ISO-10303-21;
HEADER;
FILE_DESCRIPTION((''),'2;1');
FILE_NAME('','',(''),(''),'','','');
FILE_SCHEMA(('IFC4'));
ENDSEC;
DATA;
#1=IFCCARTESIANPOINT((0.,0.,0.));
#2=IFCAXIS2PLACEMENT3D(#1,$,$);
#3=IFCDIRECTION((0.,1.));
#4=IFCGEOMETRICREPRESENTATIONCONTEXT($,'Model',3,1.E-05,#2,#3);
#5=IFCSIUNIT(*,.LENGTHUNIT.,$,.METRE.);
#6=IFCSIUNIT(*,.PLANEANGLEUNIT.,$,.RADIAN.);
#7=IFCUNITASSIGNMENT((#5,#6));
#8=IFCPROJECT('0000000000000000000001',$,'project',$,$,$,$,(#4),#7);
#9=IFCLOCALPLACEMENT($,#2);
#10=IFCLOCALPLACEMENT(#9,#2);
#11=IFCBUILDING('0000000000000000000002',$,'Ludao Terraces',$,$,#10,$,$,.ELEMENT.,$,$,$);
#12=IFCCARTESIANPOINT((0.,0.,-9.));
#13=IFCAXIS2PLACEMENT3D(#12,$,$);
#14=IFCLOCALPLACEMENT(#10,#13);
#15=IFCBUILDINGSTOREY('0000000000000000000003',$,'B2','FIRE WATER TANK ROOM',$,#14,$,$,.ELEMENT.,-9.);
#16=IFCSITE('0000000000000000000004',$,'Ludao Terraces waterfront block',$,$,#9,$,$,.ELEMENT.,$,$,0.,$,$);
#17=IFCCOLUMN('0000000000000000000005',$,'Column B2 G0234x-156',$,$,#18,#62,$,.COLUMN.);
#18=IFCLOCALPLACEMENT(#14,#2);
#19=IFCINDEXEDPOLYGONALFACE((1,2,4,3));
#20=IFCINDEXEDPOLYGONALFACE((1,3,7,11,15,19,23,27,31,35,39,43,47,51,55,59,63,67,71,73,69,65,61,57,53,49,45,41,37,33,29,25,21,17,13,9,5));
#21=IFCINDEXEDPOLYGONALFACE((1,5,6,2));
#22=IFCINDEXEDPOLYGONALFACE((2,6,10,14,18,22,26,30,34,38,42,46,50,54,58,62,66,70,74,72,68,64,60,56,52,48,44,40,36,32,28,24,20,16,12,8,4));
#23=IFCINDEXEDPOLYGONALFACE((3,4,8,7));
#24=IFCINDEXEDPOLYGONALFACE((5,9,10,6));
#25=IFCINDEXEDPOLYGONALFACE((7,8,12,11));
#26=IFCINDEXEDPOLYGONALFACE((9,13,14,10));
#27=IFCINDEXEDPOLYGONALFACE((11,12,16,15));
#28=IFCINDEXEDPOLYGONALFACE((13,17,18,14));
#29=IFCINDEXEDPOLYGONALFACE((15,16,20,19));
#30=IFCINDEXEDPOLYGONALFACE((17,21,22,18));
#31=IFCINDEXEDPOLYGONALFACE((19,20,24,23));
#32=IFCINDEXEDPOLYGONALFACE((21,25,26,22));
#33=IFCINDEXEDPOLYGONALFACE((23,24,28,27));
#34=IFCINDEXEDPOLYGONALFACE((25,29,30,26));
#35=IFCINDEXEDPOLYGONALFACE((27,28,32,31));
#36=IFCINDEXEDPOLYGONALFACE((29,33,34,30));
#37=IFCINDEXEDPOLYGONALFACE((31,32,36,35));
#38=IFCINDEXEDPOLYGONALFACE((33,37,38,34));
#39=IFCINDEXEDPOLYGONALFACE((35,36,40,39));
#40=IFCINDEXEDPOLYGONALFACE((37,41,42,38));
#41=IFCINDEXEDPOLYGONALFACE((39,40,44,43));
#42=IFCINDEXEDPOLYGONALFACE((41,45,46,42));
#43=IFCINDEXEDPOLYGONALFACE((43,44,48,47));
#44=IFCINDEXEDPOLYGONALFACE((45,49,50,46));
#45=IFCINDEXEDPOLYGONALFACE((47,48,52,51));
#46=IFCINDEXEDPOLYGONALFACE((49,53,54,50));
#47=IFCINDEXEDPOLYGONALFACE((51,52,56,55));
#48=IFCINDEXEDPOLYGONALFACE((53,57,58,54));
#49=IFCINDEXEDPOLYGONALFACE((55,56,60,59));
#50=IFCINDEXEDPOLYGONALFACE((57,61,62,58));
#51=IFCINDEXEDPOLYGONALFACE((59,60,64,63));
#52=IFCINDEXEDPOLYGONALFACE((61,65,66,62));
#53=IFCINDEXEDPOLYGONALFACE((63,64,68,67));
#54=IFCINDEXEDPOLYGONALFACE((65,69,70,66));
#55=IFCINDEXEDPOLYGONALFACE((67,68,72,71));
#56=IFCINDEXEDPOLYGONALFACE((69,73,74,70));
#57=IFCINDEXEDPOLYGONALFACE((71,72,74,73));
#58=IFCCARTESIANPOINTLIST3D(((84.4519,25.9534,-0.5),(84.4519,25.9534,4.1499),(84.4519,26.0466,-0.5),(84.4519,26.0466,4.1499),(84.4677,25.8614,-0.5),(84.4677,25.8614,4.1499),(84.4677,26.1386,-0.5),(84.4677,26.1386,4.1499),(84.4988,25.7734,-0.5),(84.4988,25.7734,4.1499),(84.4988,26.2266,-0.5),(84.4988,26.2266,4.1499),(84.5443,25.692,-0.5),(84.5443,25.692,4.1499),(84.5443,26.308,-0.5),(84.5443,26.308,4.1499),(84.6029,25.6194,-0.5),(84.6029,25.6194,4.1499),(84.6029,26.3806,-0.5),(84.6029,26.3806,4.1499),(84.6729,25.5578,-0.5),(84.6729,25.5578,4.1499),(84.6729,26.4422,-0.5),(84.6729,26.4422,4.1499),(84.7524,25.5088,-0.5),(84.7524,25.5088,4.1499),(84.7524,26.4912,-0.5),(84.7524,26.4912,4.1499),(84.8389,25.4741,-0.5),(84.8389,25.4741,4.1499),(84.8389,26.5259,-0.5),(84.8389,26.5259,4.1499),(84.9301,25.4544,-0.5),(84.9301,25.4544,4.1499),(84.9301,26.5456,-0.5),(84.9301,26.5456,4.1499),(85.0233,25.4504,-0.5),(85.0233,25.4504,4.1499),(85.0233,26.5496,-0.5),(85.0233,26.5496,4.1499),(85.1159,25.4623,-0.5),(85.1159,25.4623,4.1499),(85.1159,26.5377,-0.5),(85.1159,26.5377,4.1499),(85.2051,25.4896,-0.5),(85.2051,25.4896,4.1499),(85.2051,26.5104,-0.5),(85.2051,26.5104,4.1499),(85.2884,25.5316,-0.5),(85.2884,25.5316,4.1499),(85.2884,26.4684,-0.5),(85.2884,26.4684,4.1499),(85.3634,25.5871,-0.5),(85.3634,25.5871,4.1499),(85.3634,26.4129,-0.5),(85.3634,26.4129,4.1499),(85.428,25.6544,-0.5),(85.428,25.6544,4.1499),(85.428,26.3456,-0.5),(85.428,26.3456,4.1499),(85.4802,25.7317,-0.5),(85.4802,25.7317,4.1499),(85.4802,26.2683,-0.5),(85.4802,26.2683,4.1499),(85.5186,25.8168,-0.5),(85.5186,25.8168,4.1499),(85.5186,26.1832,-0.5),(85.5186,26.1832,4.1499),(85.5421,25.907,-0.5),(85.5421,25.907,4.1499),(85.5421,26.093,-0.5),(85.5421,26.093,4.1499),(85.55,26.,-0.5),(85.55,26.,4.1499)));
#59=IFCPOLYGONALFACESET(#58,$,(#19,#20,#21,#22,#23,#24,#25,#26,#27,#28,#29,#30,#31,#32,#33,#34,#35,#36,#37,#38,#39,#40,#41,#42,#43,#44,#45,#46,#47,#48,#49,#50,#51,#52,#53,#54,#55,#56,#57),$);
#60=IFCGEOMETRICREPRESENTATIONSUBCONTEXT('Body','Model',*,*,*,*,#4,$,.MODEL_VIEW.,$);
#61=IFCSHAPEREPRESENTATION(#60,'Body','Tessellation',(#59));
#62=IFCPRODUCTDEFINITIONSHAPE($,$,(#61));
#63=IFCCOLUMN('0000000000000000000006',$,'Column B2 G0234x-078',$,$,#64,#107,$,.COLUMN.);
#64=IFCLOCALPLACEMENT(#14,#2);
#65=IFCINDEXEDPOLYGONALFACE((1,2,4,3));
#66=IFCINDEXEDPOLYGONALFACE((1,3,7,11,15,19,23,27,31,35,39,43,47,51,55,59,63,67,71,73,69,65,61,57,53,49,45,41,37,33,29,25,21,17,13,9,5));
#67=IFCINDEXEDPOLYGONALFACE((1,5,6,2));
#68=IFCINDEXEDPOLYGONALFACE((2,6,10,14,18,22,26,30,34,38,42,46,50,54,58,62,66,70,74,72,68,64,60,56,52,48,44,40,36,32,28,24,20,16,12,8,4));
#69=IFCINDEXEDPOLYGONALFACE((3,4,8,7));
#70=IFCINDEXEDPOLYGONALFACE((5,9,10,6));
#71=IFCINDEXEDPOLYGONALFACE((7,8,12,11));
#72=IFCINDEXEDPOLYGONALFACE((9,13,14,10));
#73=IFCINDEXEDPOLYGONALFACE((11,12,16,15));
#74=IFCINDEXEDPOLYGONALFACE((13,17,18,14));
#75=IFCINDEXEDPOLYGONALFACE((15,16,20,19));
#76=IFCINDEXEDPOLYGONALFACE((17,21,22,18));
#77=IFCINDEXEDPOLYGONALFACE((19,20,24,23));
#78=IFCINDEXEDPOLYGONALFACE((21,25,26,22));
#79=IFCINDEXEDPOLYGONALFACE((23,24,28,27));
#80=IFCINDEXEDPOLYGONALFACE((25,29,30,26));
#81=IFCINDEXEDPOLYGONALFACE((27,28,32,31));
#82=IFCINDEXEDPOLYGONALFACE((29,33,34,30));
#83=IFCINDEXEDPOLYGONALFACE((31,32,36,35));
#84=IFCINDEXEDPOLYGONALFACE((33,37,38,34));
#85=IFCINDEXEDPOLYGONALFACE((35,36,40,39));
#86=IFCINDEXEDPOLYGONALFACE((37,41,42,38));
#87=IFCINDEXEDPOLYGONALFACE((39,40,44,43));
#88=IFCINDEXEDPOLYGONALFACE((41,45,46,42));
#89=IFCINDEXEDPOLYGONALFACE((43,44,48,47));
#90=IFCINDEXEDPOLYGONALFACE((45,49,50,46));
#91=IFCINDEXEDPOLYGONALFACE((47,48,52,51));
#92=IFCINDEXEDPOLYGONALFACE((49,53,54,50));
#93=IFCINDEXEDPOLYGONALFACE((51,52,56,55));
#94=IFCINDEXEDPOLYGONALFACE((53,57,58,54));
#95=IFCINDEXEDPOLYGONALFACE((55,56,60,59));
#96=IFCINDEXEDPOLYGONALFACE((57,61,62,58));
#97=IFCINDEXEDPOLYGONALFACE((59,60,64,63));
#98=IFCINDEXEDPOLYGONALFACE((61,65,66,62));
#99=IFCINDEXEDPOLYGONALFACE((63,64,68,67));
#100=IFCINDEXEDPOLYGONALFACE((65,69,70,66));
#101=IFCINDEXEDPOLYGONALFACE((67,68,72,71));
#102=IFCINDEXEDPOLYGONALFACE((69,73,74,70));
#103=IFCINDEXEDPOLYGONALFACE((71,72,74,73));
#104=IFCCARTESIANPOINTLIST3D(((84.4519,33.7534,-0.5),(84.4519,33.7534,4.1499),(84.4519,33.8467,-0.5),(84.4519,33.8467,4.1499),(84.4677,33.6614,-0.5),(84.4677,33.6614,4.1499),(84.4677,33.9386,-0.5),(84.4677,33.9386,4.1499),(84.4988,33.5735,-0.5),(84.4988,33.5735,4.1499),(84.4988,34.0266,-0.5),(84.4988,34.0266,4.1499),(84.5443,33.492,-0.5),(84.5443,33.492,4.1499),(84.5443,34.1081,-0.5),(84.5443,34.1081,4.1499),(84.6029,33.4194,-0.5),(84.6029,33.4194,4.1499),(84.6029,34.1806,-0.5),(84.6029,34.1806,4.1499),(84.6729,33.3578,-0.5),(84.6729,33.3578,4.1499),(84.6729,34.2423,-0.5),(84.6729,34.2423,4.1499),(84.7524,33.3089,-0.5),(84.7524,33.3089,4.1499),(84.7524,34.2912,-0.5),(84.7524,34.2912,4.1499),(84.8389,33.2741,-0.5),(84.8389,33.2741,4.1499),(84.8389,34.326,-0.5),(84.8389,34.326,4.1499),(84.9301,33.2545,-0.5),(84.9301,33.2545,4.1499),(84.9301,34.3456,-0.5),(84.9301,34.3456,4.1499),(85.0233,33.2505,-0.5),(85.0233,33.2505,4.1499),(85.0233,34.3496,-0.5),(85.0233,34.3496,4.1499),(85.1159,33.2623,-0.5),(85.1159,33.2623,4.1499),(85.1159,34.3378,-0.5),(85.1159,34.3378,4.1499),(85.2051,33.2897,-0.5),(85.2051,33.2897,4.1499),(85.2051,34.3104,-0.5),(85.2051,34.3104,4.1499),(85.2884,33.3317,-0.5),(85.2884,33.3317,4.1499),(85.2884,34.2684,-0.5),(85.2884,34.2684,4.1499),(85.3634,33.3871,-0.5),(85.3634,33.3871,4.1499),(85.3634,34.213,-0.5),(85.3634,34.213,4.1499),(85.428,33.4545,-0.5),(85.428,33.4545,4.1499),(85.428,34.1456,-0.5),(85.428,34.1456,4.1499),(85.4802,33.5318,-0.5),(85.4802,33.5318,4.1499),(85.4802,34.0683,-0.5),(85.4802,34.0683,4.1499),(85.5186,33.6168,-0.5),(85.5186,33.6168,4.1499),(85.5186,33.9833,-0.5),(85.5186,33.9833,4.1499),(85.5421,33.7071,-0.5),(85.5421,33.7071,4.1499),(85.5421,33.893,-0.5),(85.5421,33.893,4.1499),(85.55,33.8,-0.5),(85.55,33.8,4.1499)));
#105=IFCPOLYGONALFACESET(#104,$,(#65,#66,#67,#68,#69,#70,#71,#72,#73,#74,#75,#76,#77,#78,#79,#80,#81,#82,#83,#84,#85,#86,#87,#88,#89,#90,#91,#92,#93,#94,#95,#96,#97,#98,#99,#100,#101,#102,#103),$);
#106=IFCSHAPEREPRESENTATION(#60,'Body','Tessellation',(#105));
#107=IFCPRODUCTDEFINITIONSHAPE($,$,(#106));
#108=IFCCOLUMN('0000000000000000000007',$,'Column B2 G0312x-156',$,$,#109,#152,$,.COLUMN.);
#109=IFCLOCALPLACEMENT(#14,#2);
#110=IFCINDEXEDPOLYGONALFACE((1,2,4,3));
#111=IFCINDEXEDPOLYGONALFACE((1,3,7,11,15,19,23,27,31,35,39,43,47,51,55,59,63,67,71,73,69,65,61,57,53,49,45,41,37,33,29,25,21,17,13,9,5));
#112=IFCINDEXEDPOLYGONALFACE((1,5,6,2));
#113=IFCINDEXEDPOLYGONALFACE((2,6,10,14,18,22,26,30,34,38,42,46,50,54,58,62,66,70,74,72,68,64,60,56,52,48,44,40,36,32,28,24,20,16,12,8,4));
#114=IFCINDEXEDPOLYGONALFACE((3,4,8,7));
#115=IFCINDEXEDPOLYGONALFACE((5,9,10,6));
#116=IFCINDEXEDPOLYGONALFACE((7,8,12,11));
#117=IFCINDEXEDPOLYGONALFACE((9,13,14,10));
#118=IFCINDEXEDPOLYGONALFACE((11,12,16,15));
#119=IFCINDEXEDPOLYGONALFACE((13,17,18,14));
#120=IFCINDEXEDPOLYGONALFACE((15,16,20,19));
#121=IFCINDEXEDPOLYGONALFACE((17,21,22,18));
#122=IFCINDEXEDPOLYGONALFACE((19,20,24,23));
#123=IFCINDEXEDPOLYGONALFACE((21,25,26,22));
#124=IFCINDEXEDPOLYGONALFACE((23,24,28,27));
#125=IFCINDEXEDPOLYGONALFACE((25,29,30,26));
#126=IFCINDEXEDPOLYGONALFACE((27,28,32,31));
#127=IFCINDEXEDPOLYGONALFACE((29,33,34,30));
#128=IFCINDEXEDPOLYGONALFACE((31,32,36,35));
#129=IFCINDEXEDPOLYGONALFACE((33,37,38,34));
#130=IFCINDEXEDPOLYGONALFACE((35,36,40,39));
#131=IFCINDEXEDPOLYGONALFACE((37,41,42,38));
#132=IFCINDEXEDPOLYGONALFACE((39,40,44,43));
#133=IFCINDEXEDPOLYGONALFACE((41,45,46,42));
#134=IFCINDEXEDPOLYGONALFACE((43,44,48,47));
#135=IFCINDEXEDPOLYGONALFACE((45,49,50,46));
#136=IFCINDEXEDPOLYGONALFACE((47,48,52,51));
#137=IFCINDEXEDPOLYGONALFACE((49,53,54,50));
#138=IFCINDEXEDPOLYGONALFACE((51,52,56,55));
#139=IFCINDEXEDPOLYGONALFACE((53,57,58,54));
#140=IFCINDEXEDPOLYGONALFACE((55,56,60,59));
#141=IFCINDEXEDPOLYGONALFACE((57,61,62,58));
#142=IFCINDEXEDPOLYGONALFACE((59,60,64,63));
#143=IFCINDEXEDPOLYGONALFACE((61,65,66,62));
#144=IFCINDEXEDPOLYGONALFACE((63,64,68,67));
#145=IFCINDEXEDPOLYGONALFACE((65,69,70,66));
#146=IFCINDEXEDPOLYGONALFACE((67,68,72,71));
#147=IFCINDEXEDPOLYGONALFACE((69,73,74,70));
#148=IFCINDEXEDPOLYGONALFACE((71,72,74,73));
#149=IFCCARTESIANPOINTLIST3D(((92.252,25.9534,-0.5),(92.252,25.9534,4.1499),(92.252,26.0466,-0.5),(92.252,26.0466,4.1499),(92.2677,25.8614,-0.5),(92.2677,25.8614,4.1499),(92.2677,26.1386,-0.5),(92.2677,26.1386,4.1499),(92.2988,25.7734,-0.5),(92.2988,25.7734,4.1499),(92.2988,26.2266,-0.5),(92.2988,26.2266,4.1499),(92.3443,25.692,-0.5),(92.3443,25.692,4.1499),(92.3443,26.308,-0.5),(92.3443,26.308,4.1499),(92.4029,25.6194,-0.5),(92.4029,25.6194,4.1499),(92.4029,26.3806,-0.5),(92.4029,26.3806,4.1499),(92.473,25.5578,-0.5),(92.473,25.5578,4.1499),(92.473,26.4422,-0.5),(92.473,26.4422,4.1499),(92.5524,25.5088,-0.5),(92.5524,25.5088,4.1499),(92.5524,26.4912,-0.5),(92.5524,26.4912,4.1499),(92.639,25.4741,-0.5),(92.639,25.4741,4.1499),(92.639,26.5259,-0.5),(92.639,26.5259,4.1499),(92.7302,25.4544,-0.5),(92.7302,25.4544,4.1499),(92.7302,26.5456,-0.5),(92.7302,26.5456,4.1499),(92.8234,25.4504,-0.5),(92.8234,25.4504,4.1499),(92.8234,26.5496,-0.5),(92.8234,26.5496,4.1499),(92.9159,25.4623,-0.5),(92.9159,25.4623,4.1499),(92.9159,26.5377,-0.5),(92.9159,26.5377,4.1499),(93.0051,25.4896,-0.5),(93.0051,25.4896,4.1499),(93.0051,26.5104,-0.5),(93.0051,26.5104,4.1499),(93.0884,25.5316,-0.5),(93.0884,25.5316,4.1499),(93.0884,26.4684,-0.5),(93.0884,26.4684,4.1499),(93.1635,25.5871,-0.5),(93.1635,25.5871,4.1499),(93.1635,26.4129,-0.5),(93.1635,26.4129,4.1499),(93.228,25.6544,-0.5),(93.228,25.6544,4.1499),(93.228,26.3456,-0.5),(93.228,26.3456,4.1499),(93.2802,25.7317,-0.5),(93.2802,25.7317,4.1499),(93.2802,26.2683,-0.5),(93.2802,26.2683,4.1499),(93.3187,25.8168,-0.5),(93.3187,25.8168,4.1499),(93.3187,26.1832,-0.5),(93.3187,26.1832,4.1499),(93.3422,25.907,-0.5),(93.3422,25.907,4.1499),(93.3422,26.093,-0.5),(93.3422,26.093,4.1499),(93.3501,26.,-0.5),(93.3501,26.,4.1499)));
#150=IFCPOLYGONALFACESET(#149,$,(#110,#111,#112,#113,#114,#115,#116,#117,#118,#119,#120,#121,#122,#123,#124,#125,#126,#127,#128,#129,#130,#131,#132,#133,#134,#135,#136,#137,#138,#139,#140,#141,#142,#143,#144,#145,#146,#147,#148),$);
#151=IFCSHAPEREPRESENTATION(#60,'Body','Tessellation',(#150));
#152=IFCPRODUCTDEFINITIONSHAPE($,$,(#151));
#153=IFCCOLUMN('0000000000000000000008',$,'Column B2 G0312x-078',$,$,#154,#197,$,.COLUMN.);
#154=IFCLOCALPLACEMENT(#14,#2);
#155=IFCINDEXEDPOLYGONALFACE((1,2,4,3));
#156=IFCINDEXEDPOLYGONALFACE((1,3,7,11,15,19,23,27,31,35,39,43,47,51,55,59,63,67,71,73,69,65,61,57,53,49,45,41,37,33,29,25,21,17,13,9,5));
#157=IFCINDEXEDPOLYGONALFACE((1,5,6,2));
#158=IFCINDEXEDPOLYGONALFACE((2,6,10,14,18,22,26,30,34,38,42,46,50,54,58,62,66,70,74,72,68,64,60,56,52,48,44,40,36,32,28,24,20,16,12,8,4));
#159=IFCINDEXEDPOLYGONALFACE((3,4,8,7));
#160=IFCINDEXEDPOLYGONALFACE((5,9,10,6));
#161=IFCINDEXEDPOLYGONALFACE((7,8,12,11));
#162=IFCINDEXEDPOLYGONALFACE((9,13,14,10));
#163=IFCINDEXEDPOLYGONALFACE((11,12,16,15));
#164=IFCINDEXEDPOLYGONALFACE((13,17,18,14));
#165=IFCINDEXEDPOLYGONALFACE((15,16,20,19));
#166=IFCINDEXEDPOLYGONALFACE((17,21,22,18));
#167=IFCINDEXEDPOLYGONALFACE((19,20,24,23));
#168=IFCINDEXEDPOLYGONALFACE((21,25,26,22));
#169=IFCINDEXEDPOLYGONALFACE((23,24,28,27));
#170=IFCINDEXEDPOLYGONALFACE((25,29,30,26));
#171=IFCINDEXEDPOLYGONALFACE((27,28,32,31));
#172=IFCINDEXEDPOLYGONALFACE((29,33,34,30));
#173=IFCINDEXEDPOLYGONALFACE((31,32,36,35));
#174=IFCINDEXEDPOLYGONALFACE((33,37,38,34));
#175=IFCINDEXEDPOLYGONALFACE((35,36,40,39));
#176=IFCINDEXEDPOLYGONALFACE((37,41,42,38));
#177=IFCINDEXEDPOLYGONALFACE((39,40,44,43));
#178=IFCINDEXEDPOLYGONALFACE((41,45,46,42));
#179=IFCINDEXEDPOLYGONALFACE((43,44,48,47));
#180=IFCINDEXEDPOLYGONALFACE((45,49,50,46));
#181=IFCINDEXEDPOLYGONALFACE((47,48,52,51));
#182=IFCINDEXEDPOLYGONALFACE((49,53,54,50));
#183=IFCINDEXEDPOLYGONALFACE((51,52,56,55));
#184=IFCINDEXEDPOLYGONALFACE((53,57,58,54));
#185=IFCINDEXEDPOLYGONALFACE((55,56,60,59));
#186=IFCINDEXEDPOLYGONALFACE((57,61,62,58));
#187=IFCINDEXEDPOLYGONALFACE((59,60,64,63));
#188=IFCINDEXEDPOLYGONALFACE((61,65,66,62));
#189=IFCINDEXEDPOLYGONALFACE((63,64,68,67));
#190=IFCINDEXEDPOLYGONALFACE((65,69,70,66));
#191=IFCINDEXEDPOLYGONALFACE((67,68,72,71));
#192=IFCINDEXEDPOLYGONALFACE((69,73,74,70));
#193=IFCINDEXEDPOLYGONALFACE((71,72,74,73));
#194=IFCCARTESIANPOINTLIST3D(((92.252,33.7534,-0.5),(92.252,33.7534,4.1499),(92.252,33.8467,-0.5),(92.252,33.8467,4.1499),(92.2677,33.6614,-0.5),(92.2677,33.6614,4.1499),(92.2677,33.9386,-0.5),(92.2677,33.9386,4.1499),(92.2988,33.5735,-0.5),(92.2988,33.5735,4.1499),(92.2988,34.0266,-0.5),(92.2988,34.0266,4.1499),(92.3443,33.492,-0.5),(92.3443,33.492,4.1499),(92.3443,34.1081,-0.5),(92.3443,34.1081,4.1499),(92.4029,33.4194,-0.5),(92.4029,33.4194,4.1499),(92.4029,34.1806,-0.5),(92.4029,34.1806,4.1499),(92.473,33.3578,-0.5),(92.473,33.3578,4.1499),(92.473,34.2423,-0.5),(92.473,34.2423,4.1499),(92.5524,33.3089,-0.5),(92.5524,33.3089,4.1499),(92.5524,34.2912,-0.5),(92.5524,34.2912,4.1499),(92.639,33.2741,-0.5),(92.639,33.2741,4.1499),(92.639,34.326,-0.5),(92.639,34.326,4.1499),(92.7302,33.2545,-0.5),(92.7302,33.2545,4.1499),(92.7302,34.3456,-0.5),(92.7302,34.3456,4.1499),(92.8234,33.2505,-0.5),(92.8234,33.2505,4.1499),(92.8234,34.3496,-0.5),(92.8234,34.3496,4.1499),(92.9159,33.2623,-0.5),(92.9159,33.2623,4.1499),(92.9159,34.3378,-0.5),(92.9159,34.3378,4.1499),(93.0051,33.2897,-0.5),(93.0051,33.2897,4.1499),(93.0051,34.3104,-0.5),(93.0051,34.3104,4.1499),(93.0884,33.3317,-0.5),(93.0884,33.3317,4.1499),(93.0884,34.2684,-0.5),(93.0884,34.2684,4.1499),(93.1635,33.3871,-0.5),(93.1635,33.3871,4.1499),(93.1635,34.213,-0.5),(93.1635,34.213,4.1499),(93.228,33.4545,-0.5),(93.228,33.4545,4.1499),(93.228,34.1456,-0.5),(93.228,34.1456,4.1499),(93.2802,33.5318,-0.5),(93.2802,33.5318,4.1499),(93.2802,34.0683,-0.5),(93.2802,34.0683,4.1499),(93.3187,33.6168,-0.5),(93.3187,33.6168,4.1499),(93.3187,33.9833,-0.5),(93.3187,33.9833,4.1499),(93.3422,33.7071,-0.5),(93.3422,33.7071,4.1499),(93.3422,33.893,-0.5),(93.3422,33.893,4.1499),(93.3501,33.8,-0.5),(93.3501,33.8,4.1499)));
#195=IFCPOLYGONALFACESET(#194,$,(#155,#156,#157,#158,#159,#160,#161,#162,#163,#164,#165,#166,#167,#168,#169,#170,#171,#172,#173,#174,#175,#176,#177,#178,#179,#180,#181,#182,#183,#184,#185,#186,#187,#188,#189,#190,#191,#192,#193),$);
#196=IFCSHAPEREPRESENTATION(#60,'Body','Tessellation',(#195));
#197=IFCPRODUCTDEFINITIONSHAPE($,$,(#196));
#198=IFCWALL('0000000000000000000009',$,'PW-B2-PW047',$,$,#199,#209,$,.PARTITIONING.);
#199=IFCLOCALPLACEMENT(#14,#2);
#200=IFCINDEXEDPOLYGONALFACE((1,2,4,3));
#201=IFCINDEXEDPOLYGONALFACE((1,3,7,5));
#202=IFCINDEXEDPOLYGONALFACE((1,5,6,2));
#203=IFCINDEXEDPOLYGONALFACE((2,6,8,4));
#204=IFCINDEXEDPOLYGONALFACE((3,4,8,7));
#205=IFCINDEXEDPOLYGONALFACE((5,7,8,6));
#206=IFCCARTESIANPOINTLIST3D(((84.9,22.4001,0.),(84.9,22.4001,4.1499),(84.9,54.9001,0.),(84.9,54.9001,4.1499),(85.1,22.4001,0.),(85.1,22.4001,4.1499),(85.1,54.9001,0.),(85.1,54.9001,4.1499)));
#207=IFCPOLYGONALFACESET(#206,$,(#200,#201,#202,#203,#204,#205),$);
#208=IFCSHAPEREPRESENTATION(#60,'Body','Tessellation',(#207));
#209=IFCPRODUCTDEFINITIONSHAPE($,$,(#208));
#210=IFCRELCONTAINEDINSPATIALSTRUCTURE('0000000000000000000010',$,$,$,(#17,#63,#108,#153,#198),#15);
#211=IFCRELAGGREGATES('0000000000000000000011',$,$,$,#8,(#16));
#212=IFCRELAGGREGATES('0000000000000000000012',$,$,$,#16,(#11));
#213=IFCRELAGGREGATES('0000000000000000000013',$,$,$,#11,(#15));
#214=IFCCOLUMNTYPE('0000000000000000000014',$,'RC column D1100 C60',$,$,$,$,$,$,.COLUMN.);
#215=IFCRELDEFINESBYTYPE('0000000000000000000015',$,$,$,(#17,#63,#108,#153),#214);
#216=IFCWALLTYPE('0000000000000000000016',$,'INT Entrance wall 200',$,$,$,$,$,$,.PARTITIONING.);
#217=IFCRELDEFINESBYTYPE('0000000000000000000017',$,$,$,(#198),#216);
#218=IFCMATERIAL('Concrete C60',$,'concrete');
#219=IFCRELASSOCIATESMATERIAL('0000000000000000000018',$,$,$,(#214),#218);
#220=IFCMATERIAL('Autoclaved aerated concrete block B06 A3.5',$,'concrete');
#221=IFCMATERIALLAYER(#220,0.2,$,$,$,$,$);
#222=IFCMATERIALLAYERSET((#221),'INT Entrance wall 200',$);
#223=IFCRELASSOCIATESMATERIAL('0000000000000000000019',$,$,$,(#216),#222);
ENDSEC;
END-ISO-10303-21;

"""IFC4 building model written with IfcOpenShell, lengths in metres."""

from ifc_helpers import new_model, si_unit, direction, frame, frame_2d, origin, origin_2d, place, context, subcontext, project, spatial, rectangle, circle, extrude, material, layer, layer_set, material_profile, profile_set, type_object, element, save


model = new_model("IFC4")

# Units and contexts
model_context = context("Model", 3, precision=1e-05, world=origin(), true_north=direction((0.0, 1.0)))
body_context = subcontext(model_context, "Body", "Model", "MODEL_VIEW")
ifc_project = project(units=[si_unit("LENGTHUNIT", "METRE"), si_unit("PLANEANGLEUNIT", "RADIAN")], contexts=[model_context])

# Site, building, storey
site_placement = place(None, origin())
site = spatial("IfcSite", under=ifc_project, at=site_placement, Name="Ludao Terraces waterfront block", CompositionType="ELEMENT", RefElevation=0.0)
building_placement = place(site_placement, origin())
building = spatial("IfcBuilding", under=site, at=building_placement, Name="Ludao Terraces", CompositionType="ELEMENT")
storey_placement = place(building_placement, frame((0.0, 0.0, -9.0)))
storey = spatial("IfcBuildingStorey", under=building, at=storey_placement, Name="B2", Description="FIRE WATER TANK ROOM", CompositionType="ELEMENT", Elevation=-9.0)

# Columns
ifc_material_1 = material(Name="Concrete C60", Category="concrete")
ifc_material_profile_1 = material_profile(ifc_material_1, circle(Radius=0.55, at=origin_2d()), Name="D1100")
ifc_profile_set_1 = profile_set([ifc_material_profile_1], Name="Concrete C60")
column_type = type_object("IfcColumnType", Name="RC column D1100 C60", PredefinedType="COLUMN", material=ifc_profile_set_1)
for number, where, z_axis, x_axis, name in (
    (1, (85.0, 26.0, -0.5), (0.0, 0.0, 1.0), (1.0, 0.0, 0.0), "Column B2 G0234x-156"),
    (2, (85.0, 33.8, -0.5), (0.0, 0.0, 1.0), (1.0, 0.0, 0.0), "Column B2 G0234x-078"),
    (3, (92.8, 26.0, -0.5), (0.0, 0.0, 1.0), (1.0, 0.0, 0.0), "Column B2 G0312x-156"),
    (4, (92.8, 33.8, -0.5), (0.0, 0.0, 1.0), (1.0, 0.0, 0.0), "Column B2 G0312x-078"),
):
    element("IfcColumn", number, at=place(storey_placement, frame(where, z_axis=z_axis, x_axis=x_axis)), inside=storey, type_object=column_type, Name=name, PredefinedType="COLUMN", context=body_context, shape_type="SweptSolid", body=[
        extrude(circle(Radius=0.55, at=origin_2d()), origin(), (0.0, 0.0, 1.0), 4.6499),
    ])

# Wall
ifc_material_2 = material(Name="Autoclaved aerated concrete block B06 A3.5", Category="concrete")
ifc_layer_1 = layer(ifc_material_2, 0.2)
ifc_layer_set_1 = layer_set([ifc_layer_1], Name="INT Entrance wall 200")
wall_type_1 = type_object("IfcWallType", Name="INT Entrance wall 200", PredefinedType="PARTITIONING", material=ifc_layer_set_1)
wall_1_placement = place(storey_placement, frame((85.0, 22.4001, 0.0), z_axis=(0.0, 0.0, 1.0), x_axis=(0.0, 1.0, 0.0)))
element("IfcWall", 5, at=wall_1_placement, inside=storey, type_object=wall_type_1, Name="PW-B2-PW047", PredefinedType="PARTITIONING", context=body_context, shape_type="SweptSolid", body=[
    extrude(rectangle(XDim=32.5, YDim=0.2, at=frame_2d((16.25, 0.0))), origin(), (0.0, 0.0, 1.0), 4.1499),
])

save(model, "model.ifc")
